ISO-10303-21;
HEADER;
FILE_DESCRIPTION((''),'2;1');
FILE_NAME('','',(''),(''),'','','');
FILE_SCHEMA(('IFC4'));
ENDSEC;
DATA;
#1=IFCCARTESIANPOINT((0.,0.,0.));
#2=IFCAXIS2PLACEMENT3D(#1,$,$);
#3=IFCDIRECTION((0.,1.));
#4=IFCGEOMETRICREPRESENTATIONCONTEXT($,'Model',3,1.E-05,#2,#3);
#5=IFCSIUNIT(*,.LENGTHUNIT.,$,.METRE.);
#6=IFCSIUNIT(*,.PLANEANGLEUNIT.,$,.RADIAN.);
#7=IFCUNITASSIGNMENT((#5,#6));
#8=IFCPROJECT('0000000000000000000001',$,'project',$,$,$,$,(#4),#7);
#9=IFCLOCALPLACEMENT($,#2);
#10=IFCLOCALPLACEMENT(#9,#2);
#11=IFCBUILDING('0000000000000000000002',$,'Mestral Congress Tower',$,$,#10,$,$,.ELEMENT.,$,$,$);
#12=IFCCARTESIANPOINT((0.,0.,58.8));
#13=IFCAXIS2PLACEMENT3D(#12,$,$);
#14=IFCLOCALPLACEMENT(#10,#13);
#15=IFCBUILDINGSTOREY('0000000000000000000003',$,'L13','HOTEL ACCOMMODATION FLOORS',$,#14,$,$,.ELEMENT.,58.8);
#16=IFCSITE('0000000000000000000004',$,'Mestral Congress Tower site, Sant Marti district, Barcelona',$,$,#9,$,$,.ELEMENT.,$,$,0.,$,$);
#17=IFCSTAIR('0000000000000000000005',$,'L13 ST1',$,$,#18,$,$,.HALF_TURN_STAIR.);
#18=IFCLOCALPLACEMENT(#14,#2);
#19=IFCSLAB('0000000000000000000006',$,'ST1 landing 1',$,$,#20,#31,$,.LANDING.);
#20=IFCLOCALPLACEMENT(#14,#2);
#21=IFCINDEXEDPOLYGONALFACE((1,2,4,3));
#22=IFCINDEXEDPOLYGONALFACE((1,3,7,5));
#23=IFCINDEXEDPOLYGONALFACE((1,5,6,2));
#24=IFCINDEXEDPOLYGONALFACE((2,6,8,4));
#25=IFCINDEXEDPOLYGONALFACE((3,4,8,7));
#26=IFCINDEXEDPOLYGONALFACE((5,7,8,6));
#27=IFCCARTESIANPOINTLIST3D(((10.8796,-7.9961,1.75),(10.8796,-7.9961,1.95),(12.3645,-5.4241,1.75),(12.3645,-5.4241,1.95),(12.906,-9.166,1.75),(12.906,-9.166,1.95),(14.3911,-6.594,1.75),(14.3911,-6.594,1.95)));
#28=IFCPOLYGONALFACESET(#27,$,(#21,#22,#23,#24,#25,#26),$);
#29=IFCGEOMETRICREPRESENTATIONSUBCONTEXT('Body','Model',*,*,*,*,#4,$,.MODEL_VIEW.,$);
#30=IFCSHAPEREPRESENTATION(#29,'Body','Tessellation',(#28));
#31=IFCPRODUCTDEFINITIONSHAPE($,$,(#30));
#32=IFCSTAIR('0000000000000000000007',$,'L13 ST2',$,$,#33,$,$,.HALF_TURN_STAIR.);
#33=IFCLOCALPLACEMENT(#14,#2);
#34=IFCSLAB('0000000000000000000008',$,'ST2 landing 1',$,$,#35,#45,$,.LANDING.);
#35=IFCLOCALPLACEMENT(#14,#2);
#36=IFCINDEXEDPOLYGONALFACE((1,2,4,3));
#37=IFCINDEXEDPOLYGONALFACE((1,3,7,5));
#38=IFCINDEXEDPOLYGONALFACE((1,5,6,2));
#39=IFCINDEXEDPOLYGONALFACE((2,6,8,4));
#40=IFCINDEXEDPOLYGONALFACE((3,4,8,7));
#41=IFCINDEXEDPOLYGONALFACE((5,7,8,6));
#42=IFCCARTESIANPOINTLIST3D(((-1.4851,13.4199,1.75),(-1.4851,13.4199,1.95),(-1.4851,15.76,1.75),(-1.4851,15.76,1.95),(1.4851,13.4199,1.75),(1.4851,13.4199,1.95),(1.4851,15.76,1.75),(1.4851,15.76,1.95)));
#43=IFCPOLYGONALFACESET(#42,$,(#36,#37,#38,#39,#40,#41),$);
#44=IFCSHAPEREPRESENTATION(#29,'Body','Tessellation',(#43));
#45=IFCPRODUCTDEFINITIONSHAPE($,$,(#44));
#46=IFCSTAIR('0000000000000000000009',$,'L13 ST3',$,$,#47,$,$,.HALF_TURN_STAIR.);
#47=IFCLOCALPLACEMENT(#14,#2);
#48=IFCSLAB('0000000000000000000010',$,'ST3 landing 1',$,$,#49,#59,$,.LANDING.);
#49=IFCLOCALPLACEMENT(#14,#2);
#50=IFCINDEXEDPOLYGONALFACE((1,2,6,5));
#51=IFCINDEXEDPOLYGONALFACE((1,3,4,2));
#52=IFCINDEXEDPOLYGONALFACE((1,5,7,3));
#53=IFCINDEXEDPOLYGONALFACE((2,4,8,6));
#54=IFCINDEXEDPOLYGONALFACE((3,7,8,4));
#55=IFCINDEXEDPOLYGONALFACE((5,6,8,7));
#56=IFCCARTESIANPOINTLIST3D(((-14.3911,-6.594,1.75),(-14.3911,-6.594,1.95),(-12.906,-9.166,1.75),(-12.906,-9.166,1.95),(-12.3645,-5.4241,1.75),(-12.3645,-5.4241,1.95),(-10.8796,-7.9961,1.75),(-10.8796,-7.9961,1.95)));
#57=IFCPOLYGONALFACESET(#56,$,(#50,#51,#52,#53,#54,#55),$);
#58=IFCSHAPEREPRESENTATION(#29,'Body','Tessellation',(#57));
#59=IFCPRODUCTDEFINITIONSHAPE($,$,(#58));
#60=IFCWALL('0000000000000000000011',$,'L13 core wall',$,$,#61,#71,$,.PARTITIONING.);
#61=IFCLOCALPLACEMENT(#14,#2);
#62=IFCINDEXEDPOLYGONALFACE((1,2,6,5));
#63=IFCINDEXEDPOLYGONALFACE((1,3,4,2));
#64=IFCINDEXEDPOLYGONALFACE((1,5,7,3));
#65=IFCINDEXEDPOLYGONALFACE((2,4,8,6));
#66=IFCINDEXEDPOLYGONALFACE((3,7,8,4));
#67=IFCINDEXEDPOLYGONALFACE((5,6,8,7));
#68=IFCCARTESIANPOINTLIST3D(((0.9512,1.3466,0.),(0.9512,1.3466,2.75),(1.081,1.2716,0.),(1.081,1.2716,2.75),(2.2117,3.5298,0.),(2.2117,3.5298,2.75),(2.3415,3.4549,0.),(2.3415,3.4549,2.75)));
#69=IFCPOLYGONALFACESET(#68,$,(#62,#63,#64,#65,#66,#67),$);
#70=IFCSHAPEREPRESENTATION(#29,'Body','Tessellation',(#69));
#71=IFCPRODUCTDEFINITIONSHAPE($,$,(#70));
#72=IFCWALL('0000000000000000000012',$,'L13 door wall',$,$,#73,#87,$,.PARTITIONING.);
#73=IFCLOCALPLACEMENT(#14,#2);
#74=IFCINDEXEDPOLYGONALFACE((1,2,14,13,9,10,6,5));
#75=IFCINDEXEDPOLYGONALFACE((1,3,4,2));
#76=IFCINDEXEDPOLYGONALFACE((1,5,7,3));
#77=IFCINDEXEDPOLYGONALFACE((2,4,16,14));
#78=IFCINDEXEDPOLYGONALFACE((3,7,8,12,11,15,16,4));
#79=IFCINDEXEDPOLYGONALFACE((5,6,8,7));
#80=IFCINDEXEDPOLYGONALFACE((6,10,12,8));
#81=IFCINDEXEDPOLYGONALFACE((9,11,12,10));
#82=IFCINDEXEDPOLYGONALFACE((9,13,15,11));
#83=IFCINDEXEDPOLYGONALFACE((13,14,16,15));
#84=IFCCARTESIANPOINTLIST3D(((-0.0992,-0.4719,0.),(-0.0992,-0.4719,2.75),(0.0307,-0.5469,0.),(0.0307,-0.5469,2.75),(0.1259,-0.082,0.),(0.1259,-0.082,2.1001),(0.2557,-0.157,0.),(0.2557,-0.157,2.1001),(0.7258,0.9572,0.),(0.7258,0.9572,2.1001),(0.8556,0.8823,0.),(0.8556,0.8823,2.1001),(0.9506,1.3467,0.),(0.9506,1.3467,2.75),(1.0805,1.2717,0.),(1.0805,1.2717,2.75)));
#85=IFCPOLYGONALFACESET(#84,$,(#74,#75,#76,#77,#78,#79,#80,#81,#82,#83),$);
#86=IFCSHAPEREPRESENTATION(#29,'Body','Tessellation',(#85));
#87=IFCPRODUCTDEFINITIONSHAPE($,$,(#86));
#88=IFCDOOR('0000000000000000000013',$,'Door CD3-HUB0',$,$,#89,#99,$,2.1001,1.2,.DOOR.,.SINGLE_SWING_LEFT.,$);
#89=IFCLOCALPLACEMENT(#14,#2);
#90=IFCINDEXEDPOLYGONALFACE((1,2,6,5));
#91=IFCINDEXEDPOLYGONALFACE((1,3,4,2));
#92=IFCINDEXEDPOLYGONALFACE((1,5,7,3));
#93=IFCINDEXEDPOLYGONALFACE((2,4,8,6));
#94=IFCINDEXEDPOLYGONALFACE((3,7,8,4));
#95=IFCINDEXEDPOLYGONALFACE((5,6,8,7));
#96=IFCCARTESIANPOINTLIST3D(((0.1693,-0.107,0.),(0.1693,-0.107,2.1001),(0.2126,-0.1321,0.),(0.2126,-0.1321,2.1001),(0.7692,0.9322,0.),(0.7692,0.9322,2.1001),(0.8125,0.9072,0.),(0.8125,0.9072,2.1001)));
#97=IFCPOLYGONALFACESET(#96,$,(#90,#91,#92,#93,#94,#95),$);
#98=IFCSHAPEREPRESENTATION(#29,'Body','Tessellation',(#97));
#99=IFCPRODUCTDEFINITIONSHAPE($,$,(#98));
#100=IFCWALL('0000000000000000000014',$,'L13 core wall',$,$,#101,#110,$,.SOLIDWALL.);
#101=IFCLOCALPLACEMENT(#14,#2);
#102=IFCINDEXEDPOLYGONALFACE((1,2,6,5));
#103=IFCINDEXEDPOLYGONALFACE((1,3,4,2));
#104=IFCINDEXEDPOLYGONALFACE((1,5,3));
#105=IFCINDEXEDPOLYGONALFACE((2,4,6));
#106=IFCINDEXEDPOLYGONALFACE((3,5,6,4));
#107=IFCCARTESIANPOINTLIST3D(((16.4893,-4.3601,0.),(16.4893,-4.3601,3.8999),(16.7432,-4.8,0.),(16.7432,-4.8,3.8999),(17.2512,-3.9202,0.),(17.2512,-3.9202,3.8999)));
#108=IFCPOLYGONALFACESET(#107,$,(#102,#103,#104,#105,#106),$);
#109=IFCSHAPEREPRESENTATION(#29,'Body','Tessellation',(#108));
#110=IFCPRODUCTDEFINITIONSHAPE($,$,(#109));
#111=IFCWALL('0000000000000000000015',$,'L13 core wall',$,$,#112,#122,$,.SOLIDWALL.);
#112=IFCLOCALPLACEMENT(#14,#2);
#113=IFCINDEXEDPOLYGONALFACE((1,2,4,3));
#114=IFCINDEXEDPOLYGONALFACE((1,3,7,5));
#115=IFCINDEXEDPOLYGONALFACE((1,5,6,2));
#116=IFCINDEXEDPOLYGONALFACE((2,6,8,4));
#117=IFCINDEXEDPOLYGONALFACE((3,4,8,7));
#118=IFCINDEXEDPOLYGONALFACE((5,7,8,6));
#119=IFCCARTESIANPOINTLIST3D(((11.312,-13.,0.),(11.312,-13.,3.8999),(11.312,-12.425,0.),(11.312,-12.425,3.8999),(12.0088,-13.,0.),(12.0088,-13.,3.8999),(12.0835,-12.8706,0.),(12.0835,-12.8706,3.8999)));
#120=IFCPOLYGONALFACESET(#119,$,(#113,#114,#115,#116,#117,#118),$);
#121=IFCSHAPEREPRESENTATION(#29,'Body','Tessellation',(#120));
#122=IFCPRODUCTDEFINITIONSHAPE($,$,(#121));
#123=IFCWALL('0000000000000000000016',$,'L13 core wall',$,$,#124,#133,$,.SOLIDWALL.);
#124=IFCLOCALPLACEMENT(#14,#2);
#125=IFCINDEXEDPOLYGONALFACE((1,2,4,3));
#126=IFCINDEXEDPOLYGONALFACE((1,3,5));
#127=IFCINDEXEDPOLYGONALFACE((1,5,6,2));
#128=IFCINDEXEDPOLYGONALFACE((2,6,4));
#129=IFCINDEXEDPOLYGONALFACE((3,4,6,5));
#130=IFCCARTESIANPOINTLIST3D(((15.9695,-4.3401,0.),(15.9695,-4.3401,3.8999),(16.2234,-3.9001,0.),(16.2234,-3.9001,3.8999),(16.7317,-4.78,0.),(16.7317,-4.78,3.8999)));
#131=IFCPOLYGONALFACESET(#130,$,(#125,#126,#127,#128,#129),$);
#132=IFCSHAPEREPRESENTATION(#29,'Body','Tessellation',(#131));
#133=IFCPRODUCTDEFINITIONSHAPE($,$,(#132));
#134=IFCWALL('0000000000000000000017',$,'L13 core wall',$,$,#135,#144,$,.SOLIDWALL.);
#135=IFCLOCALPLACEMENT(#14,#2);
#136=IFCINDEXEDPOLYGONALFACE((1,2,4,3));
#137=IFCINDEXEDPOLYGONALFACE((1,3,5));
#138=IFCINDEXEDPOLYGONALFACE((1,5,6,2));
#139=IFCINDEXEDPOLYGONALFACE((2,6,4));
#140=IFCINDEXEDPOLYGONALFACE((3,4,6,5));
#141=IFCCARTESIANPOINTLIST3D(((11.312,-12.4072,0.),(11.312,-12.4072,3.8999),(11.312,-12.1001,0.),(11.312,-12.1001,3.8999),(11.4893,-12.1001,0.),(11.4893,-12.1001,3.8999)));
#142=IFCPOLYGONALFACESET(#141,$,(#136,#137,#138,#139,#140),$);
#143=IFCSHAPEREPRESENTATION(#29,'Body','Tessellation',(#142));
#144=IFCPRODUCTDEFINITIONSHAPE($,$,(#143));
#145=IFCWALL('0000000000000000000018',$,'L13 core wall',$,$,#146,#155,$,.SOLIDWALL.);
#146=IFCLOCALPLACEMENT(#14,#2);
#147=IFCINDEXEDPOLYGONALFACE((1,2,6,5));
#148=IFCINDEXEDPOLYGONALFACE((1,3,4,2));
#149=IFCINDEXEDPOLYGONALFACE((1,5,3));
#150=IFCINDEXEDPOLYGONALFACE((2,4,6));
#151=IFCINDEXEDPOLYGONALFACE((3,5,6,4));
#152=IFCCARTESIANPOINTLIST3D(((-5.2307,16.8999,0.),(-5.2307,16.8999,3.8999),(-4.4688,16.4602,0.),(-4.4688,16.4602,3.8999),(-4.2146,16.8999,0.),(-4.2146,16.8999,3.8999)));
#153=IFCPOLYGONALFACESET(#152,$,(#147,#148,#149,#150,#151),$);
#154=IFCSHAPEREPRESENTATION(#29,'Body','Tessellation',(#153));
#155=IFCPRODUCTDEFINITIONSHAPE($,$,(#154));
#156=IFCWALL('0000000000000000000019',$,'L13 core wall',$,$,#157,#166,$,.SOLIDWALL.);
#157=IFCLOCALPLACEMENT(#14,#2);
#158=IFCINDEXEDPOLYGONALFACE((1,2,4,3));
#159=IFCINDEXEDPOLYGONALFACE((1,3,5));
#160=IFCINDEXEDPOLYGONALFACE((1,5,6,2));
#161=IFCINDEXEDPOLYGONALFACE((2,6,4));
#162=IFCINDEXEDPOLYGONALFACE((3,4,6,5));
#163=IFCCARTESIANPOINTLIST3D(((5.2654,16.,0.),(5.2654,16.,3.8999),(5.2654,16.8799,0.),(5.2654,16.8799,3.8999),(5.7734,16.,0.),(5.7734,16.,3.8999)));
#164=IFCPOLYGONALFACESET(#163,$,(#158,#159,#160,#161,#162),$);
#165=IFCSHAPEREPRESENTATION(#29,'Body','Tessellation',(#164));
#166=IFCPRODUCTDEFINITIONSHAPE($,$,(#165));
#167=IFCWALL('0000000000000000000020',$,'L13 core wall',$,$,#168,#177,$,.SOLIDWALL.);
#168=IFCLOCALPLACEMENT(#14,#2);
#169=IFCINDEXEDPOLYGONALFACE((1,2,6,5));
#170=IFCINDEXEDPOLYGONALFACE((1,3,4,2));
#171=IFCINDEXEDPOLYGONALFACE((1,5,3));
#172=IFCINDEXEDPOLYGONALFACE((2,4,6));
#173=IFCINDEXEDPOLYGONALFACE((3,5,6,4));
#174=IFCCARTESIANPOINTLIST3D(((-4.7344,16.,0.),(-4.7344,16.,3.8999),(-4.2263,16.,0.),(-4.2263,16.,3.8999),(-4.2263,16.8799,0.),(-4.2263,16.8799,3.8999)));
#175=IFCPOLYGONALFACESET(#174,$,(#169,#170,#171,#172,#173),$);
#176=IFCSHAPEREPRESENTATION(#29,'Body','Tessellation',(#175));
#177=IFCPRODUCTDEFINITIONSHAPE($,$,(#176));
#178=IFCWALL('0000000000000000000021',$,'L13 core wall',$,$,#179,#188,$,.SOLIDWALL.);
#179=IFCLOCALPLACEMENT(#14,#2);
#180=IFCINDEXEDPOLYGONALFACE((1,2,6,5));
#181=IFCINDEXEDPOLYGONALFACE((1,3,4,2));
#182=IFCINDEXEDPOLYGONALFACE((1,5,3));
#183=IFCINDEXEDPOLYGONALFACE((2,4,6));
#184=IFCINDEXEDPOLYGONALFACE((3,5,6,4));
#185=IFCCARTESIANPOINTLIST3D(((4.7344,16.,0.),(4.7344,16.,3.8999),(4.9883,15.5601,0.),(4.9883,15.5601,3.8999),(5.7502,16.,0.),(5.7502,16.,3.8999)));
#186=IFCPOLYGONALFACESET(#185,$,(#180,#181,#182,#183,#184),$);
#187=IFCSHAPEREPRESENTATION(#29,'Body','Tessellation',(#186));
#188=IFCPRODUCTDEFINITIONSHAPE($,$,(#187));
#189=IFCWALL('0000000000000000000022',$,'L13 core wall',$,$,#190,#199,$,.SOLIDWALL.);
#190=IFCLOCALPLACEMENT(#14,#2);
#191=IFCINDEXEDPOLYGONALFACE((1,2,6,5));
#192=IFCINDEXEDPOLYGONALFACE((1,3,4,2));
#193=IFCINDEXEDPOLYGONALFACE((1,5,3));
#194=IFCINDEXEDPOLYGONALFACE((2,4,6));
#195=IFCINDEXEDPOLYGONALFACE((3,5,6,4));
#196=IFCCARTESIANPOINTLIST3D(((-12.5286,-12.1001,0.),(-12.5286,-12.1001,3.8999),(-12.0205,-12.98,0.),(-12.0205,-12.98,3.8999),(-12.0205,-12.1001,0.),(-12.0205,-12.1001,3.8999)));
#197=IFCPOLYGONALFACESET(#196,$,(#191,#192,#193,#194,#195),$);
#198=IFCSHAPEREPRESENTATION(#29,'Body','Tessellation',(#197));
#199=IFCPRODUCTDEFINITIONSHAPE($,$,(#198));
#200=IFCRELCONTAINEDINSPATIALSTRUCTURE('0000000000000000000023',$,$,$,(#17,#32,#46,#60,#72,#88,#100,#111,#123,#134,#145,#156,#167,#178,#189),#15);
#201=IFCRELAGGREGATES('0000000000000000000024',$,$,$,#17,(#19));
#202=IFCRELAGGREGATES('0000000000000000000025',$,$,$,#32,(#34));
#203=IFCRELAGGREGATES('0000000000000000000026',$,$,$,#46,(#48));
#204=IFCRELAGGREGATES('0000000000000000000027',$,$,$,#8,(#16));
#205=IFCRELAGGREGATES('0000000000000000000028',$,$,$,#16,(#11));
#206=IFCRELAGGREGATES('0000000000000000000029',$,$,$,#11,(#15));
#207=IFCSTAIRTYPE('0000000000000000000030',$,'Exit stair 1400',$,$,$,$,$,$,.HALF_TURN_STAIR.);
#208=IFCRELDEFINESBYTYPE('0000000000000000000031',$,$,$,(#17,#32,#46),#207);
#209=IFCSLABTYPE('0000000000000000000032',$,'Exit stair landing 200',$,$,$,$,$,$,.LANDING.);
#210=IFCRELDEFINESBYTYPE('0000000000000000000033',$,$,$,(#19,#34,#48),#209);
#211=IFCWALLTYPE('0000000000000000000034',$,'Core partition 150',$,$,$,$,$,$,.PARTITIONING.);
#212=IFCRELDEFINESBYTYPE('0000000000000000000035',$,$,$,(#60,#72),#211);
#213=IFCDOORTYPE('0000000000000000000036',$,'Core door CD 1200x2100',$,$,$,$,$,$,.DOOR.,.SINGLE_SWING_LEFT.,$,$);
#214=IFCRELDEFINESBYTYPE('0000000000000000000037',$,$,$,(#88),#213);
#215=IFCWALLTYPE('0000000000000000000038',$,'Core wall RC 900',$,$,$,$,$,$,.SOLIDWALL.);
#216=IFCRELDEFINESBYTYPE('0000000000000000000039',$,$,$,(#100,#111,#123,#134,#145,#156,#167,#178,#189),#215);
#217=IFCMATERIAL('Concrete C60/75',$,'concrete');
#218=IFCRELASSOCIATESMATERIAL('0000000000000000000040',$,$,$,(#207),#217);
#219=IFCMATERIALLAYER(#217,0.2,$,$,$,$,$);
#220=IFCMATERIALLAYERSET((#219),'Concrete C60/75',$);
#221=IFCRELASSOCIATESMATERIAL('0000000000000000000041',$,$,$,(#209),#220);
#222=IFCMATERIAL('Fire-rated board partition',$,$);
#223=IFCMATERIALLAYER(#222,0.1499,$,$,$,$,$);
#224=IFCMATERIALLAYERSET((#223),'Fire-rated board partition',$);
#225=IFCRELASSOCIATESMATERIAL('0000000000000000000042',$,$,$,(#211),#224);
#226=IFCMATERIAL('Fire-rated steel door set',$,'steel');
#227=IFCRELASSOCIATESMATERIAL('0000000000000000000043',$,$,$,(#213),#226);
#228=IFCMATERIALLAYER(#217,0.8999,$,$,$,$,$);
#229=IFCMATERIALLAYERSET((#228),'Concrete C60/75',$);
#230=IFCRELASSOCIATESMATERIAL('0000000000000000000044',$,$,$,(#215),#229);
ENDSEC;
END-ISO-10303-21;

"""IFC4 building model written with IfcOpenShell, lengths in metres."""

from ifc_helpers import new_model, si_unit, direction, frame, frame_2d, origin, place, context, subcontext, project, spatial, polyline, rectangle, outline, extrude, material, layer, layer_set, type_object, element, fill, aggregate, save


model = new_model("IFC4")

# Units and contexts
model_context = context("Model", 3, precision=1e-05, world=origin(), true_north=direction((0.0, 1.0)))
body_context = subcontext(model_context, "Body", "Model", "MODEL_VIEW")
ifc_project = project(units=[si_unit("LENGTHUNIT", "METRE"), si_unit("PLANEANGLEUNIT", "RADIAN")], contexts=[model_context])

# Site, building, storey
site_placement = place(None, origin())
site = spatial("IfcSite", under=ifc_project, at=site_placement, Name="Mestral Congress Tower site, Sant Marti district, Barcelona", CompositionType="ELEMENT", RefElevation=0.0)
building_placement = place(site_placement, origin())
building = spatial("IfcBuilding", under=site, at=building_placement, Name="Mestral Congress Tower", CompositionType="ELEMENT")
storey_placement = place(building_placement, frame((0.0, 0.0, 58.8)))
storey = spatial("IfcBuildingStorey", under=building, at=storey_placement, Name="L13", Description="HOTEL ACCOMMODATION FLOORS", CompositionType="ELEMENT", Elevation=58.8)

# Shared definitions
ifc_material_1 = material(Name="Concrete C60/75", Category="concrete")

# Stairs, slabs
stair_type = type_object("IfcStairType", Name="Exit stair 1400", PredefinedType="HALF_TURN_STAIR", material=ifc_material_1)
placement_1 = place(storey_placement, origin())
stair_1 = element("IfcStair", 1, at=placement_1, inside=storey, type_object=stair_type, Name="L13 ST1", PredefinedType="HALF_TURN_STAIR")
ifc_layer_1 = layer(ifc_material_1, 0.2)
ifc_layer_set_1 = layer_set([ifc_layer_1], Name="Concrete C60/75")
slab_type_1 = type_object("IfcSlabType", Name="Exit stair landing 200", PredefinedType="LANDING", material=ifc_layer_set_1)
placement_2 = place(storey_placement, frame((0.0, 0.0, 1.75)))
slab_1 = element("IfcSlab", 2, at=placement_2, type_object=slab_type_1, Name="ST1 landing 1", PredefinedType="LANDING", context=body_context, shape_type="SweptSolid", body=[
    extrude(outline(polyline([(10.8796, -7.9961), (12.3645, -5.4241), (14.3911, -6.594), (12.906, -9.166), (10.8796, -7.9961)])), origin(), (0.0, 0.0, 1.0), 0.2),
])
aggregate(stair_1, [slab_1])
stair_2 = element("IfcStair", 3, at=placement_1, inside=storey, type_object=stair_type, Name="L13 ST2", PredefinedType="HALF_TURN_STAIR")
slab_2 = element("IfcSlab", 4, at=placement_2, type_object=slab_type_1, Name="ST2 landing 1", PredefinedType="LANDING", context=body_context, shape_type="SweptSolid", body=[
    extrude(outline(polyline([(1.4851, 13.4199), (-1.4851, 13.4199), (-1.4851, 15.76), (1.4851, 15.76), (1.4851, 13.4199)])), origin(), (0.0, 0.0, 1.0), 0.2),
])
aggregate(stair_2, [slab_2])
stair_3 = element("IfcStair", 5, at=placement_1, inside=storey, type_object=stair_type, Name="L13 ST3", PredefinedType="HALF_TURN_STAIR")
slab_3 = element("IfcSlab", 6, at=placement_2, type_object=slab_type_1, Name="ST3 landing 1", PredefinedType="LANDING", context=body_context, shape_type="SweptSolid", body=[
    extrude(outline(polyline([(-12.3645, -5.4241), (-10.8796, -7.9961), (-12.906, -9.166), (-14.3911, -6.594), (-12.3645, -5.4241)])), origin(), (0.0, 0.0, 1.0), 0.2),
])
aggregate(stair_3, [slab_3])

# Wall
ifc_material_2 = material(Name="Fire-rated board partition")
ifc_layer_2 = layer(ifc_material_2, 0.1499)
ifc_layer_set_2 = layer_set([ifc_layer_2], Name="Fire-rated board partition")
wall_type_1 = type_object("IfcWallType", Name="Core partition 150", PredefinedType="PARTITIONING", material=ifc_layer_set_2)
wall_1_placement = place(storey_placement, frame((1.0161, 1.3091, 0.0), z_axis=(0.0, 0.0, 1.0), x_axis=(0.499982, 0.866036, 0.0)))
element("IfcWall", 7, at=wall_1_placement, inside=storey, type_object=wall_type_1, Name="L13 core wall", PredefinedType="PARTITIONING", context=body_context, shape_type="SweptSolid", body=[
    extrude(rectangle(XDim=2.521, YDim=0.1499, at=frame_2d((1.2605, 0.0))), origin(), (0.0, 0.0, 1.0), 2.75),
])

# Wall, opening, door
wall_2_placement = place(storey_placement, frame((-0.0342, -0.5093, 0.0), z_axis=(0.0, 0.0, 1.0), x_axis=(0.499941, 0.86606, 0.0)))
wall_2 = element("IfcWall", 8, at=wall_2_placement, inside=storey, type_object=wall_type_1, Name="L13 door wall", PredefinedType="PARTITIONING", context=body_context, shape_type="SweptSolid", body=[
    extrude(rectangle(XDim=2.0999, YDim=0.1499, at=frame_2d((1.0498, 0.0))), origin(), (0.0, 0.0, 1.0), 2.75),
])
opening_placement = place(wall_2_placement, frame((0.45, 0.0, 0.0)))
opening = element("IfcOpeningElement", 9, at=opening_placement, cuts=wall_2, PredefinedType="OPENING", context=body_context, shape_type="SweptSolid", body=[
    extrude(rectangle(XDim=1.2, YDim=2.1001, at=frame_2d((0.6001, 1.05))), frame((0.0, 0.085, 0.0), z_axis=(0.0, -1.0, 0.0), x_axis=(1.0, 0.0, 0.0)), (0.0, 0.0, 1.0), 0.1699),
])
ifc_material_3 = material(Name="Fire-rated steel door set", Category="steel")
door_type = type_object("IfcDoorType", Name="Core door CD 1200x2100", OperationType="SINGLE_SWING_LEFT", PredefinedType="DOOR", material=ifc_material_3)
door_placement = place(opening_placement, origin())
door = element("IfcDoor", 10, at=door_placement, inside=storey, type_object=door_type, Name="Door CD3-HUB0", OperationType="SINGLE_SWING_LEFT", OverallHeight=2.1001, OverallWidth=1.2, PredefinedType="DOOR", context=body_context, shape_type="SweptSolid", body=[
    extrude(rectangle(XDim=1.2, YDim=2.1001, at=frame_2d((0.6001, 1.05))), frame((0.0, 0.0249, 0.0), z_axis=(0.0, -1.0, 0.0), x_axis=(1.0, 0.0, 0.0)), (0.0, 0.0, 1.0), 0.05),
])
fill(opening, door)

# Walls
ifc_layer_3 = layer(ifc_material_1, 0.8999)
ifc_layer_set_3 = layer_set([ifc_layer_3], Name="Concrete C60/75")
wall_type_2 = type_object("IfcWallType", Name="Core wall RC 900", PredefinedType="SOLIDWALL", material=ifc_layer_set_3)
element("IfcWall", 11, at=placement_1, inside=storey, type_object=wall_type_2, Name="L13 core wall", PredefinedType="SOLIDWALL", context=body_context, shape_type="SweptSolid", body=[
    extrude(outline(polyline([(16.7432, -4.8), (16.4893, -4.3601), (17.2512, -3.9202), (16.7432, -4.8)])), origin(), (0.0, 0.0, 1.0), 3.8999),
])
element("IfcWall", 12, at=placement_1, inside=storey, type_object=wall_type_2, Name="L13 core wall", PredefinedType="SOLIDWALL", context=body_context, shape_type="SweptSolid", body=[
    extrude(outline(polyline([(12.0088, -13.0), (11.312, -13.0), (11.312, -12.425), (12.0835, -12.8706), (12.0088, -13.0)])), origin(), (0.0, 0.0, 1.0), 3.8999),
])
element("IfcWall", 13, at=placement_1, inside=storey, type_object=wall_type_2, Name="L13 core wall", PredefinedType="SOLIDWALL", context=body_context, shape_type="SweptSolid", body=[
    extrude(outline(polyline([(16.2234, -3.9001), (16.7317, -4.78), (15.9695, -4.3401), (16.2234, -3.9001)])), origin(), (0.0, 0.0, 1.0), 3.8999),
])
element("IfcWall", 14, at=placement_1, inside=storey, type_object=wall_type_2, Name="L13 core wall", PredefinedType="SOLIDWALL", context=body_context, shape_type="SweptSolid", body=[
    extrude(outline(polyline([(11.4893, -12.1001), (11.312, -12.4072), (11.312, -12.1001), (11.4893, -12.1001)])), origin(), (0.0, 0.0, 1.0), 3.8999),
])
element("IfcWall", 15, at=placement_1, inside=storey, type_object=wall_type_2, Name="L13 core wall", PredefinedType="SOLIDWALL", context=body_context, shape_type="SweptSolid", body=[
    extrude(outline(polyline([(-4.2146, 16.8999), (-4.4688, 16.4602), (-5.2307, 16.8999), (-4.2146, 16.8999)])), origin(), (0.0, 0.0, 1.0), 3.8999),
])
element("IfcWall", 16, at=placement_1, inside=storey, type_object=wall_type_2, Name="L13 core wall", PredefinedType="SOLIDWALL", context=body_context, shape_type="SweptSolid", body=[
    extrude(outline(polyline([(5.2654, 16.0), (5.2654, 16.8799), (5.7734, 16.0), (5.2654, 16.0)])), origin(), (0.0, 0.0, 1.0), 3.8999),
])
element("IfcWall", 17, at=placement_1, inside=storey, type_object=wall_type_2, Name="L13 core wall", PredefinedType="SOLIDWALL", context=body_context, shape_type="SweptSolid", body=[
    extrude(outline(polyline([(-4.7344, 16.0), (-4.2263, 16.8799), (-4.2263, 16.0), (-4.7344, 16.0)])), origin(), (0.0, 0.0, 1.0), 3.8999),
])
element("IfcWall", 18, at=placement_1, inside=storey, type_object=wall_type_2, Name="L13 core wall", PredefinedType="SOLIDWALL", context=body_context, shape_type="SweptSolid", body=[
    extrude(outline(polyline([(4.7344, 16.0), (5.7502, 16.0), (4.9883, 15.5601), (4.7344, 16.0)])), origin(), (0.0, 0.0, 1.0), 3.8999),
])
element("IfcWall", 19, at=placement_1, inside=storey, type_object=wall_type_2, Name="L13 core wall", PredefinedType="SOLIDWALL", context=body_context, shape_type="SweptSolid", body=[
    extrude(outline(polyline([(-12.5286, -12.1001), (-12.0205, -12.1001), (-12.0205, -12.98), (-12.5286, -12.1001)])), origin(), (0.0, 0.0, 1.0), 3.8999),
])

save(model, "model.ifc")
